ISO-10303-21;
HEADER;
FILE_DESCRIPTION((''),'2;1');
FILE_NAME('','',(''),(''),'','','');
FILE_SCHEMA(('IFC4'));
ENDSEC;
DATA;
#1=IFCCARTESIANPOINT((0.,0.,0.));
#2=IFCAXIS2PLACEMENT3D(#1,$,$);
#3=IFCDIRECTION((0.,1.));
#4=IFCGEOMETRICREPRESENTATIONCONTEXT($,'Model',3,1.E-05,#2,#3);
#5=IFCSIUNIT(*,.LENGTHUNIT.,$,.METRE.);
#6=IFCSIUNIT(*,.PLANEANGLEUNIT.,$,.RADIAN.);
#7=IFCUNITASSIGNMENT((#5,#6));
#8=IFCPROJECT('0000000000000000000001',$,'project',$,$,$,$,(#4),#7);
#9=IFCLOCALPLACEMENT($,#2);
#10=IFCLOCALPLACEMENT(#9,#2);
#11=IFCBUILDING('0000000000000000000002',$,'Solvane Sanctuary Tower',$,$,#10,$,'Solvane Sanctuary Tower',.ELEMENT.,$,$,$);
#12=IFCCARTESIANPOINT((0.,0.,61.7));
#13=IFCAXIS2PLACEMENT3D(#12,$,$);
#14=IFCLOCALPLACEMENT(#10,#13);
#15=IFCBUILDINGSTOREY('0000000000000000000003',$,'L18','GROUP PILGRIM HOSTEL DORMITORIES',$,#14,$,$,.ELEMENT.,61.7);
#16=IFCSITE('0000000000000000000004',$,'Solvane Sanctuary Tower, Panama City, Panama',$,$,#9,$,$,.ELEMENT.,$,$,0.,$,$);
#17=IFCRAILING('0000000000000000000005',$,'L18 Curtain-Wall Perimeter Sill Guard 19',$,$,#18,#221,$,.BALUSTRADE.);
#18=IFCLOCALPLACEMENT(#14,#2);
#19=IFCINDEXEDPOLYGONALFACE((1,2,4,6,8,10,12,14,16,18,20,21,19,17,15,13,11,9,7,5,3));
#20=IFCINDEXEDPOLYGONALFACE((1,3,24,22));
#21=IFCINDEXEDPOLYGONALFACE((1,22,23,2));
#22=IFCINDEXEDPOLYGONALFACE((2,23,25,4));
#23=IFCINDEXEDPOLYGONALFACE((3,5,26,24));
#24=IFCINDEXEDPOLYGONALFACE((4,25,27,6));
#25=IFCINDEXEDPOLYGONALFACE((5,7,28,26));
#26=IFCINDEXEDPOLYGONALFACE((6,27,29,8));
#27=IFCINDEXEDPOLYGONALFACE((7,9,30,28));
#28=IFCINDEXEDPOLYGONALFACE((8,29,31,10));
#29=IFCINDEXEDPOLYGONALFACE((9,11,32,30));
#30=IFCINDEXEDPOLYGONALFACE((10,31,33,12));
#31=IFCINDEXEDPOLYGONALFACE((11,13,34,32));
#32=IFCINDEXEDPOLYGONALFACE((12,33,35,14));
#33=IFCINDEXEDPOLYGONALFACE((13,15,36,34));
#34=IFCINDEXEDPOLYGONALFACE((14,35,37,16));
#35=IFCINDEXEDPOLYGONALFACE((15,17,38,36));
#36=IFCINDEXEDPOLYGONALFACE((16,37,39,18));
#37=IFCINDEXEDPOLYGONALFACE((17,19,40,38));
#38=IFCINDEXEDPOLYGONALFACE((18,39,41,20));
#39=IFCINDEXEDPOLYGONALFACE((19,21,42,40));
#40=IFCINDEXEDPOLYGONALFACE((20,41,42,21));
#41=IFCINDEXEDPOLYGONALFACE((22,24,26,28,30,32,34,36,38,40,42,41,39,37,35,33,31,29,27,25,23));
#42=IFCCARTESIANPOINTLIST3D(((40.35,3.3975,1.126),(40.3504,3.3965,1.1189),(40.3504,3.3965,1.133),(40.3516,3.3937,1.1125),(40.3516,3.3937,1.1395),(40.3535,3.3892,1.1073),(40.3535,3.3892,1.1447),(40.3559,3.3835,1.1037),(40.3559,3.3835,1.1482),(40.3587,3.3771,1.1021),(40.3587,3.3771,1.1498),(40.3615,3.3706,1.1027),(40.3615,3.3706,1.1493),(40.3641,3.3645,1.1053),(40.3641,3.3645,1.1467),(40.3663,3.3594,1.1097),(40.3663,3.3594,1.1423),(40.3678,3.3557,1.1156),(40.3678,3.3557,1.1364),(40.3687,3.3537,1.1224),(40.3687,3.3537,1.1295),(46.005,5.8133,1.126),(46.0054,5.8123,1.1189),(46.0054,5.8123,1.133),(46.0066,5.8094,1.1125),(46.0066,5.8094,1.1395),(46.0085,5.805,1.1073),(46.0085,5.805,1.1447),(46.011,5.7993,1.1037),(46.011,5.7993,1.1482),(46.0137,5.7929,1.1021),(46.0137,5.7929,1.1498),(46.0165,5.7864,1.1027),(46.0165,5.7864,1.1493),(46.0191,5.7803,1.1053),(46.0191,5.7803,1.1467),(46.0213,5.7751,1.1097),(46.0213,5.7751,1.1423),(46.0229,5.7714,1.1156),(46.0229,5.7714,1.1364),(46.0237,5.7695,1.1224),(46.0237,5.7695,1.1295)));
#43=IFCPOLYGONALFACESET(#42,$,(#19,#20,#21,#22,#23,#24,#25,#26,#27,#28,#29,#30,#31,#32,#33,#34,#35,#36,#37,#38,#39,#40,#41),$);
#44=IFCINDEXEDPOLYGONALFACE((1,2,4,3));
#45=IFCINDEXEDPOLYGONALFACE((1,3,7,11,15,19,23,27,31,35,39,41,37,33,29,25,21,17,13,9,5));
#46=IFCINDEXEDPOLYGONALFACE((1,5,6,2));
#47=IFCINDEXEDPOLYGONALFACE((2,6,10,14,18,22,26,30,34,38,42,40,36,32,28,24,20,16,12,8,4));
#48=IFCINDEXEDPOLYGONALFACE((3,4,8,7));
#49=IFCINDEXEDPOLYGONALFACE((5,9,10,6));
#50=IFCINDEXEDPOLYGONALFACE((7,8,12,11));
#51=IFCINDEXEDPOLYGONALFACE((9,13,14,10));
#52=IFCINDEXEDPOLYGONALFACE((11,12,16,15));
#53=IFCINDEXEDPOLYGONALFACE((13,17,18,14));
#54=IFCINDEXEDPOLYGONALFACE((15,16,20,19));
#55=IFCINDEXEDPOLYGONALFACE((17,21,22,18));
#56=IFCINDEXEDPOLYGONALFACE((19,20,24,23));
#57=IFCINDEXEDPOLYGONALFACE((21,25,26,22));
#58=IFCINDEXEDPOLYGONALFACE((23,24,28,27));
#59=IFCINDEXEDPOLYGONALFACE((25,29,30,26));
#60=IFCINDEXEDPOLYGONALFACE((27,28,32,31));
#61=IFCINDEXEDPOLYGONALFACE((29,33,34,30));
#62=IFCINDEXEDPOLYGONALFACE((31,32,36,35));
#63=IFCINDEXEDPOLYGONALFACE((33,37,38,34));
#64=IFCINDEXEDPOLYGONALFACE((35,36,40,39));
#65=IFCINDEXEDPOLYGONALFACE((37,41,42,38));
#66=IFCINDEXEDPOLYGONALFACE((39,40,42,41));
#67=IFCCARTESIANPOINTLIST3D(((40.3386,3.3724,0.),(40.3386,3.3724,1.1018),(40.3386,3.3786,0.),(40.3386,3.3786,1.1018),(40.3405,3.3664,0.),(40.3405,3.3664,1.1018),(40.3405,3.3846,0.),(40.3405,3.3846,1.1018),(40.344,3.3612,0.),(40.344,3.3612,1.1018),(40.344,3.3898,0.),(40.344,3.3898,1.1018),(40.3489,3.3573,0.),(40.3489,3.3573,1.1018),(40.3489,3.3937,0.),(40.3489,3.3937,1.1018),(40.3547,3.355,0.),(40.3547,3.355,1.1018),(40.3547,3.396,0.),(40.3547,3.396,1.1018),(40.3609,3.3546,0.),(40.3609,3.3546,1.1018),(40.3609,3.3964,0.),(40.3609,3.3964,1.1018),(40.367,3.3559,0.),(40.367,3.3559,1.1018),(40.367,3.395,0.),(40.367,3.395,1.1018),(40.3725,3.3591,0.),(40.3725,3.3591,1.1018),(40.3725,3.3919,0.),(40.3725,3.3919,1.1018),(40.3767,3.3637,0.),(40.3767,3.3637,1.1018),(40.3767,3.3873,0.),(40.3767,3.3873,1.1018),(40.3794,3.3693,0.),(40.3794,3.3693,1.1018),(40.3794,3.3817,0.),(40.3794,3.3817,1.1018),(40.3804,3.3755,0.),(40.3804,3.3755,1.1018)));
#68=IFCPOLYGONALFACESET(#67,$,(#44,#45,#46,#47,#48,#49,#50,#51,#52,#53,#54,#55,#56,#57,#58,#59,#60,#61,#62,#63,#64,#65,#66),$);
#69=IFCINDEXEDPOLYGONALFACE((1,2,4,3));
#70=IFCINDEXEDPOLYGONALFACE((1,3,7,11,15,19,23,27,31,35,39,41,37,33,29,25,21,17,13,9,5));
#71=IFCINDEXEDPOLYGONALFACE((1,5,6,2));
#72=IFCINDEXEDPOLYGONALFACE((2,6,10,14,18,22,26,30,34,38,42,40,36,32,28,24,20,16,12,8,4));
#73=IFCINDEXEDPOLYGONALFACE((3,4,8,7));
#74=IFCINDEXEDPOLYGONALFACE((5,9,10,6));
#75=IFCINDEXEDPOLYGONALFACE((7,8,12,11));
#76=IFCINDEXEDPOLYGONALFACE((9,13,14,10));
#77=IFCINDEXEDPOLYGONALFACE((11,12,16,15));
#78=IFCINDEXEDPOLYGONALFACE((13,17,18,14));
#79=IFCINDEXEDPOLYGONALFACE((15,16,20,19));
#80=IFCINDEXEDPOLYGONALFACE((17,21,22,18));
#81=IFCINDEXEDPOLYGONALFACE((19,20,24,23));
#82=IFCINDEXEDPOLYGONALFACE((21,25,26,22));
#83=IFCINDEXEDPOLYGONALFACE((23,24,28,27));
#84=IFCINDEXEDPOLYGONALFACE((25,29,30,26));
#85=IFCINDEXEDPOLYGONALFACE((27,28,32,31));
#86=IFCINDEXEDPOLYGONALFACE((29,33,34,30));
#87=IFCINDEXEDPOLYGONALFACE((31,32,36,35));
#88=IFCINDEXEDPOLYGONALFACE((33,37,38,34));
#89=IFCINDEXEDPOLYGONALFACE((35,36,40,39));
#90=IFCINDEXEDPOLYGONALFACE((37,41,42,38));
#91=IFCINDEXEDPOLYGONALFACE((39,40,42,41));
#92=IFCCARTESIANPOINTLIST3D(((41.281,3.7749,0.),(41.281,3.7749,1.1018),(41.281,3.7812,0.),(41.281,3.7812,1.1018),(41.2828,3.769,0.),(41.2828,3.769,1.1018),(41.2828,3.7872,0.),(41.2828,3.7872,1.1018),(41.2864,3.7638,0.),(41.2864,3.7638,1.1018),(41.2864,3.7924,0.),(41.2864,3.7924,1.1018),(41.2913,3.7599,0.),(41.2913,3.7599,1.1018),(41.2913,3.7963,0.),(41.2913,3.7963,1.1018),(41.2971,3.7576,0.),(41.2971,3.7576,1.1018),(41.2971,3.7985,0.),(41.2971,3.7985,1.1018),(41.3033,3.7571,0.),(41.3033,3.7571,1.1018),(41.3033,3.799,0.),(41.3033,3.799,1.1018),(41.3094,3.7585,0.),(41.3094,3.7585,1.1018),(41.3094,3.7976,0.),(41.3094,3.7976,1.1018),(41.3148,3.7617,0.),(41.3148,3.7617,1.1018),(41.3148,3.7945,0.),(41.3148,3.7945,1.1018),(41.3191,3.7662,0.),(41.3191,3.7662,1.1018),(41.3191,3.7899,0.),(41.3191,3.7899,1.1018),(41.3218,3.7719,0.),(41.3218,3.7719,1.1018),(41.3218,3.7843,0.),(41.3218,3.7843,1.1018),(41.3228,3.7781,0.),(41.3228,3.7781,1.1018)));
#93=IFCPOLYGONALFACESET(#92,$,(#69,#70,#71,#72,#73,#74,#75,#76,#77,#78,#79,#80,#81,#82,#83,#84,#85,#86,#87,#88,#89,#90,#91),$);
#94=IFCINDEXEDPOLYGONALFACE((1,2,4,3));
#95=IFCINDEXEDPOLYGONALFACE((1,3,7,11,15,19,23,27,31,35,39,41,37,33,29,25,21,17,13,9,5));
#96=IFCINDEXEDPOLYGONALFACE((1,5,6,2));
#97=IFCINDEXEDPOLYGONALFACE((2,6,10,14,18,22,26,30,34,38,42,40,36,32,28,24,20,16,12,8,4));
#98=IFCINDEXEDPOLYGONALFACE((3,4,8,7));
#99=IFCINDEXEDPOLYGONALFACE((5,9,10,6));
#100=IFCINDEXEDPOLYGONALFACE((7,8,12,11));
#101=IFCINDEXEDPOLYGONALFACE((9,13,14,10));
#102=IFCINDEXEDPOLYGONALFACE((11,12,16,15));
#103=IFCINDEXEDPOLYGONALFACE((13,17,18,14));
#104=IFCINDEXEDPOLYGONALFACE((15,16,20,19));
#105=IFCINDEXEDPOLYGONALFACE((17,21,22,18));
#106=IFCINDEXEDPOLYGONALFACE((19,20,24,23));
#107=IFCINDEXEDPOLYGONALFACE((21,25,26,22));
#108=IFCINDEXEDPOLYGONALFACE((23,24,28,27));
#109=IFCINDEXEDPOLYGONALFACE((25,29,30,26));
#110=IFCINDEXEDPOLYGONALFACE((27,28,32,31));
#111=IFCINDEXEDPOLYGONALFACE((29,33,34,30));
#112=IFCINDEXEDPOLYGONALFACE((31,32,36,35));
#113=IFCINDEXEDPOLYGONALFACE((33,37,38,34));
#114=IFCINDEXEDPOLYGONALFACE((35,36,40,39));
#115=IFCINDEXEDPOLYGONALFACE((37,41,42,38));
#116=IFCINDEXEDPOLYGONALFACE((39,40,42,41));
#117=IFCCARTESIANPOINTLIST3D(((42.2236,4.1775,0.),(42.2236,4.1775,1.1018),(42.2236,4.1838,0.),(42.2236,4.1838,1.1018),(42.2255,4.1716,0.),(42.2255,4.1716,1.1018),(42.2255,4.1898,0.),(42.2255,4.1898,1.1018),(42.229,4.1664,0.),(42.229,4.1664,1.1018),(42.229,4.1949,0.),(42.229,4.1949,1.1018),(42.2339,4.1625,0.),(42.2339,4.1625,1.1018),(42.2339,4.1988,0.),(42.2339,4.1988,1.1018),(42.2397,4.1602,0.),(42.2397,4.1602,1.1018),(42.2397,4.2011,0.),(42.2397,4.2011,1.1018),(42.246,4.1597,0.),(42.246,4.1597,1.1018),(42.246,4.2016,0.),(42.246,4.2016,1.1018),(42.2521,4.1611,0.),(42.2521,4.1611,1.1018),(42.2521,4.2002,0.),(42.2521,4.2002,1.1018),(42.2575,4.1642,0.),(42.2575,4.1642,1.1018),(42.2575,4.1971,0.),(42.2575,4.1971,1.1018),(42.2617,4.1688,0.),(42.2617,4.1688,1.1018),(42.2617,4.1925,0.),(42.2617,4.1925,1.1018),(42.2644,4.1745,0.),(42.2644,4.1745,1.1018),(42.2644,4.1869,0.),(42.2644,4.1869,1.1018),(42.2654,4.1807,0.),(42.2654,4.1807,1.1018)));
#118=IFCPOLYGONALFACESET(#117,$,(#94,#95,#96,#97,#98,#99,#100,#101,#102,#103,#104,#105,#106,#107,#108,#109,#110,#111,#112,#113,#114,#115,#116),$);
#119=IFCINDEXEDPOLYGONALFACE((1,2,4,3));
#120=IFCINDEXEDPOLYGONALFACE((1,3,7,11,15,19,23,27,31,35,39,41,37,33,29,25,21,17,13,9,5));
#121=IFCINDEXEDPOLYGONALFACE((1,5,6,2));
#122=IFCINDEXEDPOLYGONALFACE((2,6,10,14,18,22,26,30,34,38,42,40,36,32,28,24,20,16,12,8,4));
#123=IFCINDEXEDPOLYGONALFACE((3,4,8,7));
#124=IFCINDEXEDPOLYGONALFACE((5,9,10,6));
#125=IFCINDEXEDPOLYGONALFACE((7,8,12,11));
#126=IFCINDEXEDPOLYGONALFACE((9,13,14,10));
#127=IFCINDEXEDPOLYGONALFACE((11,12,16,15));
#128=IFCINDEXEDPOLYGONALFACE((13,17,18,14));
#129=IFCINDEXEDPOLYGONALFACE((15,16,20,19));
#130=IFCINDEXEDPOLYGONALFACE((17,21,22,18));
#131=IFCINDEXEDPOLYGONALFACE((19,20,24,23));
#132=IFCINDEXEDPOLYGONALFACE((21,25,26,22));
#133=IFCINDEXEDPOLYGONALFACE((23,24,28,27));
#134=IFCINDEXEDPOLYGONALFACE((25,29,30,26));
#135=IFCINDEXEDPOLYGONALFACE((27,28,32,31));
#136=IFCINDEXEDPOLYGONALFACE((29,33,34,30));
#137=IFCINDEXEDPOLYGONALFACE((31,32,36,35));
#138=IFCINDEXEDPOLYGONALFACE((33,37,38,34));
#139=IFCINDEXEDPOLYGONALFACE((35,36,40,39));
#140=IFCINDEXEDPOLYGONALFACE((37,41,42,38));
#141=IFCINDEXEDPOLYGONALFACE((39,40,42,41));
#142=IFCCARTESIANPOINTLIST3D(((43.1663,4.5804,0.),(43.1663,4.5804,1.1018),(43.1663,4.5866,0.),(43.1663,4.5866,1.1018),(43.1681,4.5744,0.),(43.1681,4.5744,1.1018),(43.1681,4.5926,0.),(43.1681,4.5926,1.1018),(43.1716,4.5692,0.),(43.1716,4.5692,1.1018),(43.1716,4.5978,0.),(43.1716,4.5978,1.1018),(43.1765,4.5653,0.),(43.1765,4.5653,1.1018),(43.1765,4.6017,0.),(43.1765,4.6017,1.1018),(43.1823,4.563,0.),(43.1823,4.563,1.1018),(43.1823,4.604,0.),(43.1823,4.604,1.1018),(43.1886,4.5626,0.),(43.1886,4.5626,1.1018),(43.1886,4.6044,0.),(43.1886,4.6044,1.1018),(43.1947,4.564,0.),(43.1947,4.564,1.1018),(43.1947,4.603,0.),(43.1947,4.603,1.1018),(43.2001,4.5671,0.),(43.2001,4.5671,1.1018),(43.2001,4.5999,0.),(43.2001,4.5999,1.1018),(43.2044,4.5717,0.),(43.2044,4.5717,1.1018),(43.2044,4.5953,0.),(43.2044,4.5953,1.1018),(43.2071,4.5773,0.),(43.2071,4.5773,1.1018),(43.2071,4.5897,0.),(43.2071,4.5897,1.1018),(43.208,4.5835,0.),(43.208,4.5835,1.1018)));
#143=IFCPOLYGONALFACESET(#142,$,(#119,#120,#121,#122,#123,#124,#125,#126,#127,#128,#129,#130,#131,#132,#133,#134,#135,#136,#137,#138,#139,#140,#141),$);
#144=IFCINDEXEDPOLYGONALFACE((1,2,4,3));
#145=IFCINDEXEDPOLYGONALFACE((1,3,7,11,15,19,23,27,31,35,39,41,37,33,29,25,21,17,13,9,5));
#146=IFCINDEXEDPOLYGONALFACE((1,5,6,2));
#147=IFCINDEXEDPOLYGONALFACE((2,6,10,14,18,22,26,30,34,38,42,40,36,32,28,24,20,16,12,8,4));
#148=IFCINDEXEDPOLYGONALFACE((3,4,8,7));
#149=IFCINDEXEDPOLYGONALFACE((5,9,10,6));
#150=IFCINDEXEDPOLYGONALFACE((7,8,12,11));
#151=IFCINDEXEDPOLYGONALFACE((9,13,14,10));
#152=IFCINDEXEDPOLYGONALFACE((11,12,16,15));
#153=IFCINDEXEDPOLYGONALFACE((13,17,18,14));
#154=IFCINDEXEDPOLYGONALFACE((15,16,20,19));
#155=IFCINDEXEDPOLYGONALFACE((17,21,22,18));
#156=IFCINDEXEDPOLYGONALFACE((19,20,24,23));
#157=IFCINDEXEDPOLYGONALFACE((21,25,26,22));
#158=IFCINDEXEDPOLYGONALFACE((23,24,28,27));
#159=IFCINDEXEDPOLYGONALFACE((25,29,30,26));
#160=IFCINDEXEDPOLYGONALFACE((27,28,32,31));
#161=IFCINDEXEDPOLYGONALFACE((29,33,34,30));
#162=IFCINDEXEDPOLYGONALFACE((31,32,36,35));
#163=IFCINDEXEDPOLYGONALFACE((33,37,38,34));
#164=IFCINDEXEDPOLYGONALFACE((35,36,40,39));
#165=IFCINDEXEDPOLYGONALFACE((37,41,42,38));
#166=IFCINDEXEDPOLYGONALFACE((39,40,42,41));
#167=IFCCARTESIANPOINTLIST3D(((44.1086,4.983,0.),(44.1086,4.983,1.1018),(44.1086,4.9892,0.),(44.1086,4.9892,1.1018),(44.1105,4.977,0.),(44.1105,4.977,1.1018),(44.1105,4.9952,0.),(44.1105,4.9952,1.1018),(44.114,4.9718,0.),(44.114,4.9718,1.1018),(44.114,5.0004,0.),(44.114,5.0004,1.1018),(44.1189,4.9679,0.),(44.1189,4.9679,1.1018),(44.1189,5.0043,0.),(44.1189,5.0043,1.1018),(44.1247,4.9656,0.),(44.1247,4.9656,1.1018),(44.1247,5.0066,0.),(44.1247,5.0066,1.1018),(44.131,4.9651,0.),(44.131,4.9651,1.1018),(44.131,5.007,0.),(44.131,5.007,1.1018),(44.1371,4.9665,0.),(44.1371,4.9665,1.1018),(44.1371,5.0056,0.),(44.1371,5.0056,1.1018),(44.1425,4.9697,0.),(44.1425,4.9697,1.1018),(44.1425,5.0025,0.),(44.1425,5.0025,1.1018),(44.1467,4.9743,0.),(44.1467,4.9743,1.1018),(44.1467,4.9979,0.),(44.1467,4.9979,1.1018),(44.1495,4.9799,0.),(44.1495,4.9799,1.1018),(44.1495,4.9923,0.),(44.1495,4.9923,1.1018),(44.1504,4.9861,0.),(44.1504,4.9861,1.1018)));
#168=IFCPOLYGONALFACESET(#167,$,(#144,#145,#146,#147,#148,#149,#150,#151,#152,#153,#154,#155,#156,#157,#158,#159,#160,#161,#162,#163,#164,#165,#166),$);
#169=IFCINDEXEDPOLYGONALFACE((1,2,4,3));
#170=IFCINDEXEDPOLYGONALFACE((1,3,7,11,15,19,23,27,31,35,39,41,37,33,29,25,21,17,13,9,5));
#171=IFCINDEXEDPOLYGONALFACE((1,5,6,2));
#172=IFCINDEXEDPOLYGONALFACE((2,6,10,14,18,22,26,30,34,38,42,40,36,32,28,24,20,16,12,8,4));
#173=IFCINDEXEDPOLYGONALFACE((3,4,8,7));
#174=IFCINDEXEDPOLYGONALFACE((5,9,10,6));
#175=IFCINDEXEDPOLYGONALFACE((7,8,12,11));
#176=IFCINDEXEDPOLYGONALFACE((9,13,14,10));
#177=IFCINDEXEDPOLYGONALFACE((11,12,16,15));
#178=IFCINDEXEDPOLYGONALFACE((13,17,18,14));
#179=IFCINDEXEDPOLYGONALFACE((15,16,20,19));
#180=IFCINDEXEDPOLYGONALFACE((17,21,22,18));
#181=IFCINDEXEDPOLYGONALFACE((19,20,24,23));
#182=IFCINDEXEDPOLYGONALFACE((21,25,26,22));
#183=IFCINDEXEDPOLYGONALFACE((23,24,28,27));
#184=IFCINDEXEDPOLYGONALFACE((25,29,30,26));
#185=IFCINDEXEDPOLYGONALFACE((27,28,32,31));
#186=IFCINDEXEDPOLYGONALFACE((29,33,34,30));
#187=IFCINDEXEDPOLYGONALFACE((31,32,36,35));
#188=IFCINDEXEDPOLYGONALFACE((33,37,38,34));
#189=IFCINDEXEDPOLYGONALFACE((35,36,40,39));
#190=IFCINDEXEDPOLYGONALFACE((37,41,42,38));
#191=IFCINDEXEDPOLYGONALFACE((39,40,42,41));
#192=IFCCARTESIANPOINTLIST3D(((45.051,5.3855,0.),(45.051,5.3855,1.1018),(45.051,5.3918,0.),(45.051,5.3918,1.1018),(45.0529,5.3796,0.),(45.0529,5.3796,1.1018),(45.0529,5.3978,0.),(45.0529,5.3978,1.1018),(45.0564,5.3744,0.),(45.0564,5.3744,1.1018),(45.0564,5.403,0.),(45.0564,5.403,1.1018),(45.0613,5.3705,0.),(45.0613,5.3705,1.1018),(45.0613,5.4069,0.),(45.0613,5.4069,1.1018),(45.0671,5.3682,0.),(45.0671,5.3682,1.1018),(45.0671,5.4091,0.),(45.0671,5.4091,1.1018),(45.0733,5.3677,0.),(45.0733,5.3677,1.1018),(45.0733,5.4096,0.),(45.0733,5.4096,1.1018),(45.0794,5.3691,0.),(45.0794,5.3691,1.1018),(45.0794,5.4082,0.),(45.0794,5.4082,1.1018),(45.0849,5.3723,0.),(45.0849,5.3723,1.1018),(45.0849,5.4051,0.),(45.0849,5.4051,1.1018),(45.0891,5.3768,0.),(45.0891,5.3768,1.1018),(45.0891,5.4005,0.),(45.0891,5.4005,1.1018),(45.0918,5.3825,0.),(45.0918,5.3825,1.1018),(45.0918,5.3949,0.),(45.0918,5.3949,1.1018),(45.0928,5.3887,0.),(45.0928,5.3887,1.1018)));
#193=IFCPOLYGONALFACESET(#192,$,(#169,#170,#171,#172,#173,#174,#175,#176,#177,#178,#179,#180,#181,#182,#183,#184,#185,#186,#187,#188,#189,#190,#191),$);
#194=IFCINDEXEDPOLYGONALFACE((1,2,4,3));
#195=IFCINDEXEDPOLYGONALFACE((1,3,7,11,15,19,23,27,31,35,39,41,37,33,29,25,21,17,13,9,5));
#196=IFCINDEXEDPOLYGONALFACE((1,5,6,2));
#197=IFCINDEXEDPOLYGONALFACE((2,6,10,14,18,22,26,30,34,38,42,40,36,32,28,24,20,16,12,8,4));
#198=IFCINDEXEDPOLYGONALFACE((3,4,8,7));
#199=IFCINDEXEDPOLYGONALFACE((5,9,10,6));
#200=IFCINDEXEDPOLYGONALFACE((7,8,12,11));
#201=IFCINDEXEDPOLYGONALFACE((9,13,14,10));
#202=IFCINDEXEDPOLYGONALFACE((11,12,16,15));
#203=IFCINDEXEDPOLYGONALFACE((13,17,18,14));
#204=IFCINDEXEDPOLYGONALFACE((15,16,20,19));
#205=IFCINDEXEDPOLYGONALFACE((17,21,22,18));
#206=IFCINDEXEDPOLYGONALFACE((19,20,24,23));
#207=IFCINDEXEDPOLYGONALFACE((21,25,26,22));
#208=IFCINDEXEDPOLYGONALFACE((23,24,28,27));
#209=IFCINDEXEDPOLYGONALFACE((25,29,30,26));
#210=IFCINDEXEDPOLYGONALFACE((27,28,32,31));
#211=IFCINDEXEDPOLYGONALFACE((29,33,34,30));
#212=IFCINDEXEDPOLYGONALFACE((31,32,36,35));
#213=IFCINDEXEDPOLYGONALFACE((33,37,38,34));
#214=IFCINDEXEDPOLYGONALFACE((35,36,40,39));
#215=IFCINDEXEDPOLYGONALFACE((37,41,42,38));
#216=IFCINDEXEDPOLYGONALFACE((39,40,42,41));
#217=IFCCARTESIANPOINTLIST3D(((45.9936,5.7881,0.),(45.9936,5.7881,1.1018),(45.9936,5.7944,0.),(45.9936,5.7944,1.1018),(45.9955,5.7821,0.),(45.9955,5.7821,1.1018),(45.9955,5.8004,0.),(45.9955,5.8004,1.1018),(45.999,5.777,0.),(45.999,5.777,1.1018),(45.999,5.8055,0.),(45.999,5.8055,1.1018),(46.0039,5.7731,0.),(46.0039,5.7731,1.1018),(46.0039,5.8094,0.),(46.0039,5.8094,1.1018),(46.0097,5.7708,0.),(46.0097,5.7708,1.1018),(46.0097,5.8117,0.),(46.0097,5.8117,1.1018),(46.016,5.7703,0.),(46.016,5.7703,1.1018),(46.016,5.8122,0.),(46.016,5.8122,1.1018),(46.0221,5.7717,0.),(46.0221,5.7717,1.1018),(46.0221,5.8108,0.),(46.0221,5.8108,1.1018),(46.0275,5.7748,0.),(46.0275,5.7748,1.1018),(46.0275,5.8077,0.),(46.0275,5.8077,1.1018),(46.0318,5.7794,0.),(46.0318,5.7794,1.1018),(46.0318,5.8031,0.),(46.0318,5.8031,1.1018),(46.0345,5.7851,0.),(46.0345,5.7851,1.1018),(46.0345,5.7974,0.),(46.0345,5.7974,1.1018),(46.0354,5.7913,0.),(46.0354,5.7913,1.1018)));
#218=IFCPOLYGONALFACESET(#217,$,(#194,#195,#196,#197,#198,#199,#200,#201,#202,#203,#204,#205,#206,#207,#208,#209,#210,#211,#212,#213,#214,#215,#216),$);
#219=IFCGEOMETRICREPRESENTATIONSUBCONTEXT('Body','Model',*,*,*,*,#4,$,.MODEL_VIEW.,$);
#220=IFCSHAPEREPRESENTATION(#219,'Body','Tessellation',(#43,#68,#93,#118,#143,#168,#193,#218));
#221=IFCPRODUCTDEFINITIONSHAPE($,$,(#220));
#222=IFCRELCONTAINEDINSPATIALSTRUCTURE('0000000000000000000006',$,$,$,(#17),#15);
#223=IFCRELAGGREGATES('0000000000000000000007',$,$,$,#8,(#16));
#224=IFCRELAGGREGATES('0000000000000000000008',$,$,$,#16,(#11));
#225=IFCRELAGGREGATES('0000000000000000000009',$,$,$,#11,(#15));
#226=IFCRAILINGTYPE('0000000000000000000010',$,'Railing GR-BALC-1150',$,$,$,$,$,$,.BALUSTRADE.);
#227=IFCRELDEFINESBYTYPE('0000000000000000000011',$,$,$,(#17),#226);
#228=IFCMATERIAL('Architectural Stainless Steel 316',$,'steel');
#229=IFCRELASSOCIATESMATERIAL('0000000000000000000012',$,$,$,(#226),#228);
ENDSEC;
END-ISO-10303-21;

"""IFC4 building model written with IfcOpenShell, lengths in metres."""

from ifc_helpers import new_model, si_unit, direction, frame, origin, origin_2d, place, context, subcontext, project, spatial, circle, extrude, material, type_object, element, save


model = new_model("IFC4")

# Units and contexts
model_context = context("Model", 3, precision=1e-05, world=origin(), true_north=direction((0.0, 1.0)))
body_context = subcontext(model_context, "Body", "Model", "MODEL_VIEW")
ifc_project = project(units=[si_unit("LENGTHUNIT", "METRE"), si_unit("PLANEANGLEUNIT", "RADIAN")], contexts=[model_context])

# Site, building, storey
site_placement = place(None, origin())
site = spatial("IfcSite", under=ifc_project, at=site_placement, Name="Solvane Sanctuary Tower, Panama City, Panama", CompositionType="ELEMENT", RefElevation=0.0)
building_placement = place(site_placement, origin())
building = spatial("IfcBuilding", under=site, at=building_placement, Name="Solvane Sanctuary Tower", LongName="Solvane Sanctuary Tower", CompositionType="ELEMENT")
storey_placement = place(building_placement, frame((0.0, 0.0, 61.7)))
storey = spatial("IfcBuildingStorey", under=building, at=storey_placement, Name="L18", Description="GROUP PILGRIM HOSTEL DORMITORIES", CompositionType="ELEMENT", Elevation=61.7)

# Shared definitions
ifc_material_1 = material(Name="Architectural Stainless Steel 316", Category="steel")

# Railing
railing_type = type_object("IfcRailingType", Name="Railing GR-BALC-1150", PredefinedType="BALUSTRADE", material=ifc_material_1)
railing_placement = place(storey_placement, frame((40.3594, 3.3755, 0.0)))
element("IfcRailing", 1, at=railing_placement, inside=storey, type_object=railing_type, Name="L18 Curtain-Wall Perimeter Sill Guard 19", PredefinedType="BALUSTRADE", context=body_context, shape_type="SweptSolid", body=[
    extrude(circle(Radius=0.0239, at=origin_2d()), frame((0.0, 0.0, 1.126), z_axis=(0.919604, 0.392846, 0.0), x_axis=(-0.392846, 0.919604, 0.0)), (0.0, 0.0, 1.0), 6.1494),
    extrude(circle(Radius=0.021, at=origin_2d()), origin(), (0.0, 0.0, 1.0), 1.1018),
    extrude(circle(Radius=0.021, at=origin_2d()), frame((0.9424, 0.4026, 0.0)), (0.0, 0.0, 1.0), 1.1018),
    extrude(circle(Radius=0.021, at=origin_2d()), frame((1.885, 0.8052, 0.0)), (0.0, 0.0, 1.0), 1.1018),
    extrude(circle(Radius=0.021, at=origin_2d()), frame((2.8276, 1.208, 0.0)), (0.0, 0.0, 1.0), 1.1018),
    extrude(circle(Radius=0.021, at=origin_2d()), frame((3.77, 1.6106, 0.0)), (0.0, 0.0, 1.0), 1.1018),
    extrude(circle(Radius=0.021, at=origin_2d()), frame((4.7124, 2.0132, 0.0)), (0.0, 0.0, 1.0), 1.1018),
    extrude(circle(Radius=0.021, at=origin_2d()), frame((5.655, 2.4158, 0.0)), (0.0, 0.0, 1.0), 1.1018),
])

save(model, "model.ifc")
